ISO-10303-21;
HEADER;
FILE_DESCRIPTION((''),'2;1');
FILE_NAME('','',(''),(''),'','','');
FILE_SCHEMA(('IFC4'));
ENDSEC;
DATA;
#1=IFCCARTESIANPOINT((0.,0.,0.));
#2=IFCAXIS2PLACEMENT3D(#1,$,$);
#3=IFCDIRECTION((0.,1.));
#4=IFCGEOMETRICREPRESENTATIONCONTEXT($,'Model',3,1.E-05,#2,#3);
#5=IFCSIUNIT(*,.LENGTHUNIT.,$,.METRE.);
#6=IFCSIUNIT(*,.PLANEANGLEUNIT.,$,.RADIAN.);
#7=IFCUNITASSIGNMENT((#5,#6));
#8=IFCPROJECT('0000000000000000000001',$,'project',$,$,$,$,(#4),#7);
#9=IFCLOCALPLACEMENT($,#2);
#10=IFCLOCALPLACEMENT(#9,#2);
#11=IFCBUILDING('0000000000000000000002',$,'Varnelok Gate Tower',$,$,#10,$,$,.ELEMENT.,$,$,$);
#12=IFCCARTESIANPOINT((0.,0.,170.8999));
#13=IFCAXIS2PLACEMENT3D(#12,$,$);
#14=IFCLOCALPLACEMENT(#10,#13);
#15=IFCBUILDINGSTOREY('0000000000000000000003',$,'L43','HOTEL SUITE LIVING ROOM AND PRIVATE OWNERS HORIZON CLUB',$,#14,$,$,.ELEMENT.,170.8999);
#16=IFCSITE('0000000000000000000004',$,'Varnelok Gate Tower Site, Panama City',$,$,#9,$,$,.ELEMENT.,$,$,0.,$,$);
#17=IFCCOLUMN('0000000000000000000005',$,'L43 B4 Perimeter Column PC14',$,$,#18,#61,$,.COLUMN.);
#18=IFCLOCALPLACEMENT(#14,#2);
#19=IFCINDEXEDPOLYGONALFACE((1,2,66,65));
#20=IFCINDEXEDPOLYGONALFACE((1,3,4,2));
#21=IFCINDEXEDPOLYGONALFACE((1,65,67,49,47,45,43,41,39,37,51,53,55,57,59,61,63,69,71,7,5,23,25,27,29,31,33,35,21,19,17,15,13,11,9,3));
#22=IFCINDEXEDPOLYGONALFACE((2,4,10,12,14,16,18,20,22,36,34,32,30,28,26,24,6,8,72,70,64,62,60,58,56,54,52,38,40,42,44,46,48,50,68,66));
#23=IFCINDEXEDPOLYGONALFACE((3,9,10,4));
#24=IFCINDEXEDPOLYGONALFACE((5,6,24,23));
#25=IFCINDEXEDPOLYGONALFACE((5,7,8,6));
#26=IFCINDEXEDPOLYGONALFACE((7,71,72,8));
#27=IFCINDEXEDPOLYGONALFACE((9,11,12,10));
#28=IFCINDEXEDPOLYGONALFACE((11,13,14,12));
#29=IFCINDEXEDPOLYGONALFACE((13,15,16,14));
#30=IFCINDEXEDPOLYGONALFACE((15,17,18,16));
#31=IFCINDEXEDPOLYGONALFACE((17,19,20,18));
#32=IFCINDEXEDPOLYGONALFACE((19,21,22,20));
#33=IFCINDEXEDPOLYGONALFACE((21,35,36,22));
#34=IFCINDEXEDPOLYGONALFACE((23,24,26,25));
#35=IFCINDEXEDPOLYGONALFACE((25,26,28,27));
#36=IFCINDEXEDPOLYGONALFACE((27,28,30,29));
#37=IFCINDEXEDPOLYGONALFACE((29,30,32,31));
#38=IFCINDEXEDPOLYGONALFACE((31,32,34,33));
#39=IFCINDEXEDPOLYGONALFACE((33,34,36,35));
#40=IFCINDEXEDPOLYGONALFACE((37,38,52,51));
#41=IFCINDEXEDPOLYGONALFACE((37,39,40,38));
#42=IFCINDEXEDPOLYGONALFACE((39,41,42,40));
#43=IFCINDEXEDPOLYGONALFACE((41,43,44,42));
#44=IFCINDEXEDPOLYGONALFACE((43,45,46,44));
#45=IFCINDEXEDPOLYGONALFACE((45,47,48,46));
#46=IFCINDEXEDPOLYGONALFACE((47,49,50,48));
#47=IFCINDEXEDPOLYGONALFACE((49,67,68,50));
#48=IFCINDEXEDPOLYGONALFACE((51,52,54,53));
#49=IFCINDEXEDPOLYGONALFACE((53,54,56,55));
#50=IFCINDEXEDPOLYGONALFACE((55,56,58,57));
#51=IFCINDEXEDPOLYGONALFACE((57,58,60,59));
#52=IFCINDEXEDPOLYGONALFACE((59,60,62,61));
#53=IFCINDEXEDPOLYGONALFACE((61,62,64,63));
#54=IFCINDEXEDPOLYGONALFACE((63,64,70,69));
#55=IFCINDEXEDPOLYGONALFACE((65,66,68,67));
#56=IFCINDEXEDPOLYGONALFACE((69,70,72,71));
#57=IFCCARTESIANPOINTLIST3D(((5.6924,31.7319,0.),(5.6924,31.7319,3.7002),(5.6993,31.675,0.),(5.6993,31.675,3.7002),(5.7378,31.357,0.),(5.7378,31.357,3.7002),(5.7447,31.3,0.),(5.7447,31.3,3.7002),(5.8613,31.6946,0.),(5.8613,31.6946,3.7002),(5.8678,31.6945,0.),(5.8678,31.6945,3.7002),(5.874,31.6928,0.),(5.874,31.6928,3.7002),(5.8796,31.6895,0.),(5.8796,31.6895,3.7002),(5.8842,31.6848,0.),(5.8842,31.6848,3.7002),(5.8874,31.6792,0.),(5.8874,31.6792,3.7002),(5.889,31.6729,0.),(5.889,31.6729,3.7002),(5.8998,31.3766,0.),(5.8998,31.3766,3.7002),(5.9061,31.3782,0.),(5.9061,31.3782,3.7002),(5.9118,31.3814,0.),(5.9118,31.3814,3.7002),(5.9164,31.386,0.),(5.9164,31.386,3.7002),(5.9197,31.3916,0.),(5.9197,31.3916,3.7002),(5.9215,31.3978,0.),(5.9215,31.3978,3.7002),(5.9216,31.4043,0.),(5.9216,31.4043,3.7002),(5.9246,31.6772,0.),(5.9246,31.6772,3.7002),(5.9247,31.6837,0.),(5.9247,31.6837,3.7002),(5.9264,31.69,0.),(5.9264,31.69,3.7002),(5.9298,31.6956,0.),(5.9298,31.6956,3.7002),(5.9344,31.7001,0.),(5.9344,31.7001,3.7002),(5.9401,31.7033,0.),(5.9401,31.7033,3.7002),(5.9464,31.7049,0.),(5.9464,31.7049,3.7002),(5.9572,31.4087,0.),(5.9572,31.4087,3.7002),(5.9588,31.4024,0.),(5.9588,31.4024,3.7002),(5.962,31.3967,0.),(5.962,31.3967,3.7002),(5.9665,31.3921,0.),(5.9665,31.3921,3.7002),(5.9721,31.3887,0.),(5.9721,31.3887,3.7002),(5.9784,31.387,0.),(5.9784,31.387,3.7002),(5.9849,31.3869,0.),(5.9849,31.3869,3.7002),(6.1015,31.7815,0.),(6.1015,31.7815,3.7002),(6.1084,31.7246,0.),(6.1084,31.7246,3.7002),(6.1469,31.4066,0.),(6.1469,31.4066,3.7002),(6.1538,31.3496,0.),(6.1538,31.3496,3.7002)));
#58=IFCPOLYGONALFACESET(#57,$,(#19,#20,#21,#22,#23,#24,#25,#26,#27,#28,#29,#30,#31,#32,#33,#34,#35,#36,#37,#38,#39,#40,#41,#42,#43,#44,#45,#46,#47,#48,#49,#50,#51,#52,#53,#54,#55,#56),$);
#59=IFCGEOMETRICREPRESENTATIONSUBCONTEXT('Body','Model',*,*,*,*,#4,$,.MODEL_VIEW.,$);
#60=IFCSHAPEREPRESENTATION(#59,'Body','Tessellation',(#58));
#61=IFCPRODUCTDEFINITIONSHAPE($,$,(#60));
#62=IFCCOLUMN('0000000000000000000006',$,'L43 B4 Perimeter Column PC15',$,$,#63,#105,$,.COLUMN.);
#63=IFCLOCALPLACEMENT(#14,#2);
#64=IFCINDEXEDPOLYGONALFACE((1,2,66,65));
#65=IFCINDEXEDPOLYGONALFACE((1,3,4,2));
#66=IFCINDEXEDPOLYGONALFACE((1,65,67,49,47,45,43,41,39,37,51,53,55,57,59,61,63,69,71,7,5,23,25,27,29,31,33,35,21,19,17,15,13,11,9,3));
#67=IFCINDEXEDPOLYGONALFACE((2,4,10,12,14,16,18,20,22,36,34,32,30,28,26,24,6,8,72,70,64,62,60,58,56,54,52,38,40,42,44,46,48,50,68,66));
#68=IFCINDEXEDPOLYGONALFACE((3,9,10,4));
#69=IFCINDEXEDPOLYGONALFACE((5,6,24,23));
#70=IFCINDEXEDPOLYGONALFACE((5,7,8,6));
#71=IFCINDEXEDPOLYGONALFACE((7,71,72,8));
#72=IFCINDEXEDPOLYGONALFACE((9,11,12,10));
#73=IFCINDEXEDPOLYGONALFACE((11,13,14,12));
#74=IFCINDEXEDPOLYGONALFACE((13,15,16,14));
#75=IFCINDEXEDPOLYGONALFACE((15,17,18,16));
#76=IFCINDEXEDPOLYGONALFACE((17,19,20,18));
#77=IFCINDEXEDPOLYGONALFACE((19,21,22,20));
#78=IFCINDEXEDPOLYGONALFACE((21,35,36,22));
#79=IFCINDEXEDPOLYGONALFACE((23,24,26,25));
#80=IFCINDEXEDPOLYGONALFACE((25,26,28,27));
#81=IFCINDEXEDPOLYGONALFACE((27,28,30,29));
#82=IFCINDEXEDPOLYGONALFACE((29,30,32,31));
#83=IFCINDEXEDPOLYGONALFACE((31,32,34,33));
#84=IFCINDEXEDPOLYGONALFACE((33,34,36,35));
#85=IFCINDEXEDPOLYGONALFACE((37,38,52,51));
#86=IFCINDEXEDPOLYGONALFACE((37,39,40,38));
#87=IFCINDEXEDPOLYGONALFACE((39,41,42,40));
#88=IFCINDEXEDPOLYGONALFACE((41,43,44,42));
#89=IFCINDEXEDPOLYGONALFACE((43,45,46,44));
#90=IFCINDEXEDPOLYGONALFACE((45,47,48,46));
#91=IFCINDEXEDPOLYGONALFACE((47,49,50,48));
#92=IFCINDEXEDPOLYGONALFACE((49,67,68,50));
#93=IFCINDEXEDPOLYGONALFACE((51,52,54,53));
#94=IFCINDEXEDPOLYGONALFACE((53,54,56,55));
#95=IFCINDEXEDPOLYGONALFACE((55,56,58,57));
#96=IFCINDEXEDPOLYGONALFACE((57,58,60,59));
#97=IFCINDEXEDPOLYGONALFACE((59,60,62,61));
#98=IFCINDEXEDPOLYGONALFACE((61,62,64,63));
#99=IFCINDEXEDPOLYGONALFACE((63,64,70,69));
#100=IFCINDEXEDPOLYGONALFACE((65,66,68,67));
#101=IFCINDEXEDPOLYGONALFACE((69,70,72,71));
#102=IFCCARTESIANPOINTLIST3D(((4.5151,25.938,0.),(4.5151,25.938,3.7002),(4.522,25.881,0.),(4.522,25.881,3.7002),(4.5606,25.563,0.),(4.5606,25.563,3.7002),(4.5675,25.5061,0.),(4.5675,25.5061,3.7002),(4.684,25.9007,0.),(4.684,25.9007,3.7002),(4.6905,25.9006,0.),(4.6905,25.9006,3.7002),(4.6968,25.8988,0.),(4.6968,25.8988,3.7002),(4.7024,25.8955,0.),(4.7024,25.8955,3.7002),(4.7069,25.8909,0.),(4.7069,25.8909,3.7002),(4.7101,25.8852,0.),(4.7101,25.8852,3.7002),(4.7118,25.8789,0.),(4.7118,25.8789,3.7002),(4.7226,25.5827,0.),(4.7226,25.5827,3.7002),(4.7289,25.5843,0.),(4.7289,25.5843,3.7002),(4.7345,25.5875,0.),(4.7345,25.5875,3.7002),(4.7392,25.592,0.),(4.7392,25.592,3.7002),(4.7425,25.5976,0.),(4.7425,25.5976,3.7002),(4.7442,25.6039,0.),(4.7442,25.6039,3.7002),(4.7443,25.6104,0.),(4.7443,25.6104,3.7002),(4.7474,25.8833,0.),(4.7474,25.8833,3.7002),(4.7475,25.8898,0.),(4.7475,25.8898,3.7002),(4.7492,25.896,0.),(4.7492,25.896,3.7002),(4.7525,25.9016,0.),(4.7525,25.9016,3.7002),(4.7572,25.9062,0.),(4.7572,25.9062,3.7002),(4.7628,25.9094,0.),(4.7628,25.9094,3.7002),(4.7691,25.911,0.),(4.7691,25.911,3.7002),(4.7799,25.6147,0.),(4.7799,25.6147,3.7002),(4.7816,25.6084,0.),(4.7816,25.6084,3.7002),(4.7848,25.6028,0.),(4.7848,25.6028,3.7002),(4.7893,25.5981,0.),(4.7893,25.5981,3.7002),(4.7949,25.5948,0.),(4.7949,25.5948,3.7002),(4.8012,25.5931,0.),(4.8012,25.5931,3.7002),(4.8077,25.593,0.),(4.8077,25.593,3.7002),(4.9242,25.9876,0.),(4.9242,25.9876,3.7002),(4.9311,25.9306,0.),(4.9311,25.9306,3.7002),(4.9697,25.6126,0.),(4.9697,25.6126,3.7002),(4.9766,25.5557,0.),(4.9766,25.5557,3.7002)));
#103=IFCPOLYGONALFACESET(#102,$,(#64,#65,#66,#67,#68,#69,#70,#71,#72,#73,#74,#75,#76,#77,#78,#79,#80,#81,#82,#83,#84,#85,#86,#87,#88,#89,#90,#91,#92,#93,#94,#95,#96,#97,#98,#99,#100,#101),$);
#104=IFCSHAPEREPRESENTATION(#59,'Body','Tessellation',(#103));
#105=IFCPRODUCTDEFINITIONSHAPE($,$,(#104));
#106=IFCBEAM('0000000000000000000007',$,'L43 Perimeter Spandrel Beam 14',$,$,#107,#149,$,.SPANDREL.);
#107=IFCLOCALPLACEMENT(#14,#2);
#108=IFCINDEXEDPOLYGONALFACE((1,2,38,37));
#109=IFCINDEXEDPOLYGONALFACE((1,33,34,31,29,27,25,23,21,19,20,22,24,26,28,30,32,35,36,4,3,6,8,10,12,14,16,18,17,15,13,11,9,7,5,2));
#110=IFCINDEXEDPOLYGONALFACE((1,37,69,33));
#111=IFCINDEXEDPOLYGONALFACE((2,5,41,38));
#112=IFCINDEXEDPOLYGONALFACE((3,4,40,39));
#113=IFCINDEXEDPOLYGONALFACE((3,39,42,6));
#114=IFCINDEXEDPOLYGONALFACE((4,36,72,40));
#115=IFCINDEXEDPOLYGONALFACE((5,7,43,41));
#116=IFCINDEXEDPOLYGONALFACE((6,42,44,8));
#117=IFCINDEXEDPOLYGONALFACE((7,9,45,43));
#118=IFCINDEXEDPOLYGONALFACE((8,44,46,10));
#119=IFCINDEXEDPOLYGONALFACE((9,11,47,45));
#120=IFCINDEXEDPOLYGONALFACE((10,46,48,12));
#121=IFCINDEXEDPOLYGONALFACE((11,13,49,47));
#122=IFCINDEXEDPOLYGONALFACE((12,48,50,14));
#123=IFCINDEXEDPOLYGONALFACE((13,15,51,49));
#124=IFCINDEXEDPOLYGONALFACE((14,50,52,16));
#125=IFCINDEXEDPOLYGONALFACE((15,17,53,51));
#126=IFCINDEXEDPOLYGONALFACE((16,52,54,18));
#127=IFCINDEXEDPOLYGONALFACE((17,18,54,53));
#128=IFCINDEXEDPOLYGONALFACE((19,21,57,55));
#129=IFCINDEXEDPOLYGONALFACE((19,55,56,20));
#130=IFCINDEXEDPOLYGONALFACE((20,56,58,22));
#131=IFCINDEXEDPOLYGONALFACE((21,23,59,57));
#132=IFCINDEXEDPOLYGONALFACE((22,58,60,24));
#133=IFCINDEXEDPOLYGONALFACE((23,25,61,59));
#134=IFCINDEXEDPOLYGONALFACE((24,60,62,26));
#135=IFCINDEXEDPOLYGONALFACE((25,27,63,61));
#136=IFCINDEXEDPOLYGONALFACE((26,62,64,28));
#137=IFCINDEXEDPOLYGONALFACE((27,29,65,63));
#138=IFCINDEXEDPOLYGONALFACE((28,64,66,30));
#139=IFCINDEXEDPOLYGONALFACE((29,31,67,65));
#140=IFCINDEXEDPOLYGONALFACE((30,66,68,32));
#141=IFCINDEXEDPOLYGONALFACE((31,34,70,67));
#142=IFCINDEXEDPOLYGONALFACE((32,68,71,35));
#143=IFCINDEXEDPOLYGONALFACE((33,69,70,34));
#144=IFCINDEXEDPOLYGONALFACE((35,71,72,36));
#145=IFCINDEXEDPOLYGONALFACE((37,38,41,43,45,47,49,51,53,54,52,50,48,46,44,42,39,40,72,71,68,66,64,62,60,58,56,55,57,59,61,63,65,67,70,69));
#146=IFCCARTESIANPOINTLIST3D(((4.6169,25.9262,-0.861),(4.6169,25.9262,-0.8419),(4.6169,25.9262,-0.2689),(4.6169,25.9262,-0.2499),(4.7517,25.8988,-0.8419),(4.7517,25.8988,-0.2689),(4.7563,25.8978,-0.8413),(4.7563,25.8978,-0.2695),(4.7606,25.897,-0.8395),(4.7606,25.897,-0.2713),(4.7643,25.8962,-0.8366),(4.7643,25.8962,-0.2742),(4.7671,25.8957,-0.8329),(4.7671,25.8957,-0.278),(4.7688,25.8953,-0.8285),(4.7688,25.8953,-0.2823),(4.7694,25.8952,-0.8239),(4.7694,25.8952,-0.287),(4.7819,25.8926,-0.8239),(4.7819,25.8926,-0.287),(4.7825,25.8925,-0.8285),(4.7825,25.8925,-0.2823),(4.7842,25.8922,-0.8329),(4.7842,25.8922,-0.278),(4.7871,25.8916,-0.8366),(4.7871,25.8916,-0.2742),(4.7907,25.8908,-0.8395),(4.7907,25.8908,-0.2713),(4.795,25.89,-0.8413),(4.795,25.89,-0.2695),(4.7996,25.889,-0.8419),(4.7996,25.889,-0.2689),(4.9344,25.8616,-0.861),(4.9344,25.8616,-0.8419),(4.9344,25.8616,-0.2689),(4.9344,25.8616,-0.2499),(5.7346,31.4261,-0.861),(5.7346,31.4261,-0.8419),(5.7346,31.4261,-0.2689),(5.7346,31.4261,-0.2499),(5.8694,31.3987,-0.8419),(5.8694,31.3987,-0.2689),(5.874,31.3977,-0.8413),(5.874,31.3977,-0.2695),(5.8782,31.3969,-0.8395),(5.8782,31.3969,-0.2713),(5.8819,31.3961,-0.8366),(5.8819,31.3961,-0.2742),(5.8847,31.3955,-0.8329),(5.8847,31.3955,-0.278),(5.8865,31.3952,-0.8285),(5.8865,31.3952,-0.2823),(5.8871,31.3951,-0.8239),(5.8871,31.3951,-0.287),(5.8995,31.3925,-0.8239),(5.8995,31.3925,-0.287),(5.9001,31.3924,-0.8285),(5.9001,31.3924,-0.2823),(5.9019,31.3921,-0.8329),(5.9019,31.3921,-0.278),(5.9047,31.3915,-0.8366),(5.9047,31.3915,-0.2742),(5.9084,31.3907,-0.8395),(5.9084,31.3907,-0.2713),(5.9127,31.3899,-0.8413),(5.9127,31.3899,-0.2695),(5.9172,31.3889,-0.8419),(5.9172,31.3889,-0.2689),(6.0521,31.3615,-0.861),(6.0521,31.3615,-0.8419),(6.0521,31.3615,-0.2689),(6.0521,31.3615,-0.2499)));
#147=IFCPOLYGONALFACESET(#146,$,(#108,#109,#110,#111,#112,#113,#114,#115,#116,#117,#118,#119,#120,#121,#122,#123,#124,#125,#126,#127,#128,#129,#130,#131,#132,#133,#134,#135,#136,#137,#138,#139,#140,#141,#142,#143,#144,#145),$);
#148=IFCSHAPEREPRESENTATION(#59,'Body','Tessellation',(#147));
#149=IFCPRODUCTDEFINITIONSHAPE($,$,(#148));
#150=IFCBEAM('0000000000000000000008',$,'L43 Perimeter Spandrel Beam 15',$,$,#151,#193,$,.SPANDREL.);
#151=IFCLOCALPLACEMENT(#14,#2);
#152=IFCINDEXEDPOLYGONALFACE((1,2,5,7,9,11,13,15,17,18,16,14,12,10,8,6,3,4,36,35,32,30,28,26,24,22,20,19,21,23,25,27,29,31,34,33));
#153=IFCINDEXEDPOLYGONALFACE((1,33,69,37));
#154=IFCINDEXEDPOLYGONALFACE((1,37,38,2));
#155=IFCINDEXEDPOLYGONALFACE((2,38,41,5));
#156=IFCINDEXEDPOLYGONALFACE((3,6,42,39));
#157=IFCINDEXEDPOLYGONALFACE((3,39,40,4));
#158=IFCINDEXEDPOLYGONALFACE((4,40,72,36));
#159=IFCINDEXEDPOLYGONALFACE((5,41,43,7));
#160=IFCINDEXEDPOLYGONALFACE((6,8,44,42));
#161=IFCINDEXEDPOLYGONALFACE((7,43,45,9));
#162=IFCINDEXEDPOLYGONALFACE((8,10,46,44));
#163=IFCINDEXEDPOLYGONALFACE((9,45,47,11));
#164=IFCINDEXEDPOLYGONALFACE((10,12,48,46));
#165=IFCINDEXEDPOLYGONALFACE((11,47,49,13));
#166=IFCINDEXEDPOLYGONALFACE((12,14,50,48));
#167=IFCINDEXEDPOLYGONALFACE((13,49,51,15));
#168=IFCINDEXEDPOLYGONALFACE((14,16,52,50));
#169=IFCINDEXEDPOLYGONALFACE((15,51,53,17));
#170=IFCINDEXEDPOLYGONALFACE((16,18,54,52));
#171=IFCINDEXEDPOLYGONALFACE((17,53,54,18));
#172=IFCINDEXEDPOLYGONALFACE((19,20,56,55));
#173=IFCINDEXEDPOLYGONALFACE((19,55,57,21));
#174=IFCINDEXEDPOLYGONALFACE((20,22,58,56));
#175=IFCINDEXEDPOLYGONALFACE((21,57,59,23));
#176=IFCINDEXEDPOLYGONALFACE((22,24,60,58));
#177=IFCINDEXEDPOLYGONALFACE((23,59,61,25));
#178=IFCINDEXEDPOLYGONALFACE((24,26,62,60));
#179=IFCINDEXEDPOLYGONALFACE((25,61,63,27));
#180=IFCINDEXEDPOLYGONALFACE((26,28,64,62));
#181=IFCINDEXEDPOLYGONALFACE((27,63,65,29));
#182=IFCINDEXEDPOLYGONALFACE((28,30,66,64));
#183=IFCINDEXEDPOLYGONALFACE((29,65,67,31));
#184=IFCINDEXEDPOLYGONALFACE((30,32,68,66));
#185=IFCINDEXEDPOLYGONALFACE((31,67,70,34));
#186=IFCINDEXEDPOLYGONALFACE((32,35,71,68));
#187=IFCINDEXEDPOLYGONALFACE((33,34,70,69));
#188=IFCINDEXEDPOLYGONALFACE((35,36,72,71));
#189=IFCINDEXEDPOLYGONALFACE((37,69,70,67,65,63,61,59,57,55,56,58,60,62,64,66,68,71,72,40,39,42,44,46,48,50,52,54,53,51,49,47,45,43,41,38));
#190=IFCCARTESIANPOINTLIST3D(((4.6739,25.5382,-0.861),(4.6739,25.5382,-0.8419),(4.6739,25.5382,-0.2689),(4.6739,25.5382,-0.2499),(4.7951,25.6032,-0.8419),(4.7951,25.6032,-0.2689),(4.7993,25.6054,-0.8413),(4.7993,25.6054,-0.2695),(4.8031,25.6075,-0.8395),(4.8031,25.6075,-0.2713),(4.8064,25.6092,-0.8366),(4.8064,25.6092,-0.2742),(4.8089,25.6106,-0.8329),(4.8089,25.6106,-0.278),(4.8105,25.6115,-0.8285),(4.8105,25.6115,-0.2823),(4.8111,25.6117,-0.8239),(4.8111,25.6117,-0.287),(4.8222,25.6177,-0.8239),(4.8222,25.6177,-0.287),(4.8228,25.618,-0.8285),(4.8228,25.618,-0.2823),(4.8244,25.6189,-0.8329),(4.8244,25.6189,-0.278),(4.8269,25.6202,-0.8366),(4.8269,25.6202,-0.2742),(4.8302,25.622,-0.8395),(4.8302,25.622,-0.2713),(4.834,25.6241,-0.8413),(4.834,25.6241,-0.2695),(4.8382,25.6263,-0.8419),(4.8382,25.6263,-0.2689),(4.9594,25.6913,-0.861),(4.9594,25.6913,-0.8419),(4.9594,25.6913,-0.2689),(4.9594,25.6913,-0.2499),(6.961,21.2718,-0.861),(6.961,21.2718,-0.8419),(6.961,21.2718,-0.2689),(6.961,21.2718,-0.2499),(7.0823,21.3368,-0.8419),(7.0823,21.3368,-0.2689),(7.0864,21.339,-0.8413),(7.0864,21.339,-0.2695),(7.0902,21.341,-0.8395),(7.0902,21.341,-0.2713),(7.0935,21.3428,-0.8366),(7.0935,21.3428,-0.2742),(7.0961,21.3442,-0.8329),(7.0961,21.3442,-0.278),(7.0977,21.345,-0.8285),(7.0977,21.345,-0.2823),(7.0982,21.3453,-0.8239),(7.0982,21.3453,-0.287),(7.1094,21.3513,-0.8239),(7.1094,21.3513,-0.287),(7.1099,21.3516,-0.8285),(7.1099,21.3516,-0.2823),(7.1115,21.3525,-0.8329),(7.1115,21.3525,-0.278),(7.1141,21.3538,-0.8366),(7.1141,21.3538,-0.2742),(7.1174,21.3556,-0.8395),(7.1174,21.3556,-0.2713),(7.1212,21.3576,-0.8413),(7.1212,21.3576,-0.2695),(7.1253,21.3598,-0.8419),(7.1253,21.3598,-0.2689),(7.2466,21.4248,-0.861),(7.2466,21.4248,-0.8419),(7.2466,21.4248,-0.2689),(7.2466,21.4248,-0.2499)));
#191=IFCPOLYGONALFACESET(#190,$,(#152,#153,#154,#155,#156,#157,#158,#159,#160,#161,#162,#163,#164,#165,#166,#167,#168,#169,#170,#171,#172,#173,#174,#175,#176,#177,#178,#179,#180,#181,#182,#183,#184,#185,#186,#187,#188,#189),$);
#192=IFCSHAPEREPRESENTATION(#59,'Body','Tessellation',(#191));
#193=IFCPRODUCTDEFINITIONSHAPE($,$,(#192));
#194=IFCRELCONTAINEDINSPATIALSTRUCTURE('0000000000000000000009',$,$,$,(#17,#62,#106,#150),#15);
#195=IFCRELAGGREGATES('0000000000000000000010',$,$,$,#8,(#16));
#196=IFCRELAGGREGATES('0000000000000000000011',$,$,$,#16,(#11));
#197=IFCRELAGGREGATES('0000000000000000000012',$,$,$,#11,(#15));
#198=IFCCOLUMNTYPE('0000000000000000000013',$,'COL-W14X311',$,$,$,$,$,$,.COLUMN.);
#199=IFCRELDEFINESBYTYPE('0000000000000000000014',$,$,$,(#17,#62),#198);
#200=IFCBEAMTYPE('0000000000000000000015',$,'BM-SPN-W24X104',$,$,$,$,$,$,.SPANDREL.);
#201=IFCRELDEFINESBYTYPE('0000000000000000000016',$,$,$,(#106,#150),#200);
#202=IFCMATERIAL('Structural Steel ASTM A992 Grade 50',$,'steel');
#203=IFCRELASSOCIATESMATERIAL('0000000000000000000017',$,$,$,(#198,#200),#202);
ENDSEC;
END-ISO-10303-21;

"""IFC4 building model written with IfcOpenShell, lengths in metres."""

from ifc_helpers import new_model, si_unit, direction, frame, origin, origin_2d, place, context, subcontext, project, spatial, i_section, extrude, material, material_profile, profile_set, type_object, element, save


model = new_model("IFC4")

# Units and contexts
model_context = context("Model", 3, precision=1e-05, world=origin(), true_north=direction((0.0, 1.0)))
body_context = subcontext(model_context, "Body", "Model", "MODEL_VIEW")
ifc_project = project(units=[si_unit("LENGTHUNIT", "METRE"), si_unit("PLANEANGLEUNIT", "RADIAN")], contexts=[model_context])

# Site, building, storey
site_placement = place(None, origin())
site = spatial("IfcSite", under=ifc_project, at=site_placement, Name="Varnelok Gate Tower Site, Panama City", CompositionType="ELEMENT", RefElevation=0.0)
building_placement = place(site_placement, origin())
building = spatial("IfcBuilding", under=site, at=building_placement, Name="Varnelok Gate Tower", CompositionType="ELEMENT")
storey_placement = place(building_placement, frame((0.0, 0.0, 170.8999)))
storey = spatial("IfcBuildingStorey", under=building, at=storey_placement, Name="L43", Description="HOTEL SUITE LIVING ROOM AND PRIVATE OWNERS HORIZON CLUB", CompositionType="ELEMENT", Elevation=170.8999)

# Columns
ifc_material_1 = material(Name="Structural Steel ASTM A992 Grade 50", Category="steel")
ifc_material_profile_1 = material_profile(ifc_material_1, i_section(OverallWidth=0.4121, OverallDepth=0.4351, WebThickness=0.0359, FlangeThickness=0.0574, FilletRadius=0.0249, at=origin_2d()), Name="W14X311")
ifc_profile_set_1 = profile_set([ifc_material_profile_1], Name="Structural Steel ASTM A992 Grade 50")
column_type = type_object("IfcColumnType", Name="COL-W14X311", PredefinedType="COLUMN", material=ifc_profile_set_1)
for number, where, z_axis, x_axis, name in (
    (1, (5.9231, 31.5408, 0.0), (0.0, 0.0, 1.0), (0.992732, 0.120345, 0.0), "L43 B4 Perimeter Column PC14"),
    (2, (4.7458, 25.7468, 0.0), (0.0, 0.0, 1.0), (0.992732, 0.120345, 0.0), "L43 B4 Perimeter Column PC15"),
):
    element("IfcColumn", number, at=place(storey_placement, frame(where, z_axis=z_axis, x_axis=x_axis)), inside=storey, type_object=column_type, Name=name, PredefinedType="COLUMN", context=body_context, shape_type="SweptSolid", body=[
        extrude(i_section(OverallWidth=0.4121, OverallDepth=0.4351, WebThickness=0.0359, FlangeThickness=0.0574, FilletRadius=0.0249, at=origin_2d()), origin(), (0.0, 0.0, 1.0), 3.7002),
    ])

# Beams
ifc_material_profile_2 = material_profile(ifc_material_1, i_section(OverallWidth=0.324, OverallDepth=0.6111, WebThickness=0.0127, FlangeThickness=0.019, FilletRadius=0.0181, at=origin_2d()), Name="W24X104")
ifc_profile_set_2 = profile_set([ifc_material_profile_2], Name="Structural Steel ASTM A992 Grade 50")
beam_type = type_object("IfcBeamType", Name="BM-SPN-W24X104", PredefinedType="SPANDREL", material=ifc_profile_set_2)
beam_1_placement = place(storey_placement, frame((5.8933, 31.3938, -0.5554), z_axis=(-0.199143, -0.97997, 0.0), x_axis=(0.97997, -0.199143, 0.0)))
element("IfcBeam", 3, at=beam_1_placement, inside=storey, type_object=beam_type, Name="L43 Perimeter Spandrel Beam 14", PredefinedType="SPANDREL", context=body_context, shape_type="SweptSolid", body=[
    extrude(i_section(OverallWidth=0.324, OverallDepth=0.6111, WebThickness=0.0127, FlangeThickness=0.019, FilletRadius=0.0181, at=origin_2d()), origin(), (0.0, 0.0, 1.0), 5.6123),
])
beam_2_placement = place(storey_placement, frame((4.8167, 25.6147, -0.5554), z_axis=(0.472472, -0.881346, 0.0), x_axis=(0.881346, 0.472472, 0.0)))
element("IfcBeam", 4, at=beam_2_placement, inside=storey, type_object=beam_type, Name="L43 Perimeter Spandrel Beam 15", PredefinedType="SPANDREL", context=body_context, shape_type="SweptSolid", body=[
    extrude(i_section(OverallWidth=0.324, OverallDepth=0.6111, WebThickness=0.0127, FlangeThickness=0.019, FilletRadius=0.0181, at=origin_2d()), origin(), (0.0, 0.0, 1.0), 4.8408),
])

save(model, "model.ifc")
